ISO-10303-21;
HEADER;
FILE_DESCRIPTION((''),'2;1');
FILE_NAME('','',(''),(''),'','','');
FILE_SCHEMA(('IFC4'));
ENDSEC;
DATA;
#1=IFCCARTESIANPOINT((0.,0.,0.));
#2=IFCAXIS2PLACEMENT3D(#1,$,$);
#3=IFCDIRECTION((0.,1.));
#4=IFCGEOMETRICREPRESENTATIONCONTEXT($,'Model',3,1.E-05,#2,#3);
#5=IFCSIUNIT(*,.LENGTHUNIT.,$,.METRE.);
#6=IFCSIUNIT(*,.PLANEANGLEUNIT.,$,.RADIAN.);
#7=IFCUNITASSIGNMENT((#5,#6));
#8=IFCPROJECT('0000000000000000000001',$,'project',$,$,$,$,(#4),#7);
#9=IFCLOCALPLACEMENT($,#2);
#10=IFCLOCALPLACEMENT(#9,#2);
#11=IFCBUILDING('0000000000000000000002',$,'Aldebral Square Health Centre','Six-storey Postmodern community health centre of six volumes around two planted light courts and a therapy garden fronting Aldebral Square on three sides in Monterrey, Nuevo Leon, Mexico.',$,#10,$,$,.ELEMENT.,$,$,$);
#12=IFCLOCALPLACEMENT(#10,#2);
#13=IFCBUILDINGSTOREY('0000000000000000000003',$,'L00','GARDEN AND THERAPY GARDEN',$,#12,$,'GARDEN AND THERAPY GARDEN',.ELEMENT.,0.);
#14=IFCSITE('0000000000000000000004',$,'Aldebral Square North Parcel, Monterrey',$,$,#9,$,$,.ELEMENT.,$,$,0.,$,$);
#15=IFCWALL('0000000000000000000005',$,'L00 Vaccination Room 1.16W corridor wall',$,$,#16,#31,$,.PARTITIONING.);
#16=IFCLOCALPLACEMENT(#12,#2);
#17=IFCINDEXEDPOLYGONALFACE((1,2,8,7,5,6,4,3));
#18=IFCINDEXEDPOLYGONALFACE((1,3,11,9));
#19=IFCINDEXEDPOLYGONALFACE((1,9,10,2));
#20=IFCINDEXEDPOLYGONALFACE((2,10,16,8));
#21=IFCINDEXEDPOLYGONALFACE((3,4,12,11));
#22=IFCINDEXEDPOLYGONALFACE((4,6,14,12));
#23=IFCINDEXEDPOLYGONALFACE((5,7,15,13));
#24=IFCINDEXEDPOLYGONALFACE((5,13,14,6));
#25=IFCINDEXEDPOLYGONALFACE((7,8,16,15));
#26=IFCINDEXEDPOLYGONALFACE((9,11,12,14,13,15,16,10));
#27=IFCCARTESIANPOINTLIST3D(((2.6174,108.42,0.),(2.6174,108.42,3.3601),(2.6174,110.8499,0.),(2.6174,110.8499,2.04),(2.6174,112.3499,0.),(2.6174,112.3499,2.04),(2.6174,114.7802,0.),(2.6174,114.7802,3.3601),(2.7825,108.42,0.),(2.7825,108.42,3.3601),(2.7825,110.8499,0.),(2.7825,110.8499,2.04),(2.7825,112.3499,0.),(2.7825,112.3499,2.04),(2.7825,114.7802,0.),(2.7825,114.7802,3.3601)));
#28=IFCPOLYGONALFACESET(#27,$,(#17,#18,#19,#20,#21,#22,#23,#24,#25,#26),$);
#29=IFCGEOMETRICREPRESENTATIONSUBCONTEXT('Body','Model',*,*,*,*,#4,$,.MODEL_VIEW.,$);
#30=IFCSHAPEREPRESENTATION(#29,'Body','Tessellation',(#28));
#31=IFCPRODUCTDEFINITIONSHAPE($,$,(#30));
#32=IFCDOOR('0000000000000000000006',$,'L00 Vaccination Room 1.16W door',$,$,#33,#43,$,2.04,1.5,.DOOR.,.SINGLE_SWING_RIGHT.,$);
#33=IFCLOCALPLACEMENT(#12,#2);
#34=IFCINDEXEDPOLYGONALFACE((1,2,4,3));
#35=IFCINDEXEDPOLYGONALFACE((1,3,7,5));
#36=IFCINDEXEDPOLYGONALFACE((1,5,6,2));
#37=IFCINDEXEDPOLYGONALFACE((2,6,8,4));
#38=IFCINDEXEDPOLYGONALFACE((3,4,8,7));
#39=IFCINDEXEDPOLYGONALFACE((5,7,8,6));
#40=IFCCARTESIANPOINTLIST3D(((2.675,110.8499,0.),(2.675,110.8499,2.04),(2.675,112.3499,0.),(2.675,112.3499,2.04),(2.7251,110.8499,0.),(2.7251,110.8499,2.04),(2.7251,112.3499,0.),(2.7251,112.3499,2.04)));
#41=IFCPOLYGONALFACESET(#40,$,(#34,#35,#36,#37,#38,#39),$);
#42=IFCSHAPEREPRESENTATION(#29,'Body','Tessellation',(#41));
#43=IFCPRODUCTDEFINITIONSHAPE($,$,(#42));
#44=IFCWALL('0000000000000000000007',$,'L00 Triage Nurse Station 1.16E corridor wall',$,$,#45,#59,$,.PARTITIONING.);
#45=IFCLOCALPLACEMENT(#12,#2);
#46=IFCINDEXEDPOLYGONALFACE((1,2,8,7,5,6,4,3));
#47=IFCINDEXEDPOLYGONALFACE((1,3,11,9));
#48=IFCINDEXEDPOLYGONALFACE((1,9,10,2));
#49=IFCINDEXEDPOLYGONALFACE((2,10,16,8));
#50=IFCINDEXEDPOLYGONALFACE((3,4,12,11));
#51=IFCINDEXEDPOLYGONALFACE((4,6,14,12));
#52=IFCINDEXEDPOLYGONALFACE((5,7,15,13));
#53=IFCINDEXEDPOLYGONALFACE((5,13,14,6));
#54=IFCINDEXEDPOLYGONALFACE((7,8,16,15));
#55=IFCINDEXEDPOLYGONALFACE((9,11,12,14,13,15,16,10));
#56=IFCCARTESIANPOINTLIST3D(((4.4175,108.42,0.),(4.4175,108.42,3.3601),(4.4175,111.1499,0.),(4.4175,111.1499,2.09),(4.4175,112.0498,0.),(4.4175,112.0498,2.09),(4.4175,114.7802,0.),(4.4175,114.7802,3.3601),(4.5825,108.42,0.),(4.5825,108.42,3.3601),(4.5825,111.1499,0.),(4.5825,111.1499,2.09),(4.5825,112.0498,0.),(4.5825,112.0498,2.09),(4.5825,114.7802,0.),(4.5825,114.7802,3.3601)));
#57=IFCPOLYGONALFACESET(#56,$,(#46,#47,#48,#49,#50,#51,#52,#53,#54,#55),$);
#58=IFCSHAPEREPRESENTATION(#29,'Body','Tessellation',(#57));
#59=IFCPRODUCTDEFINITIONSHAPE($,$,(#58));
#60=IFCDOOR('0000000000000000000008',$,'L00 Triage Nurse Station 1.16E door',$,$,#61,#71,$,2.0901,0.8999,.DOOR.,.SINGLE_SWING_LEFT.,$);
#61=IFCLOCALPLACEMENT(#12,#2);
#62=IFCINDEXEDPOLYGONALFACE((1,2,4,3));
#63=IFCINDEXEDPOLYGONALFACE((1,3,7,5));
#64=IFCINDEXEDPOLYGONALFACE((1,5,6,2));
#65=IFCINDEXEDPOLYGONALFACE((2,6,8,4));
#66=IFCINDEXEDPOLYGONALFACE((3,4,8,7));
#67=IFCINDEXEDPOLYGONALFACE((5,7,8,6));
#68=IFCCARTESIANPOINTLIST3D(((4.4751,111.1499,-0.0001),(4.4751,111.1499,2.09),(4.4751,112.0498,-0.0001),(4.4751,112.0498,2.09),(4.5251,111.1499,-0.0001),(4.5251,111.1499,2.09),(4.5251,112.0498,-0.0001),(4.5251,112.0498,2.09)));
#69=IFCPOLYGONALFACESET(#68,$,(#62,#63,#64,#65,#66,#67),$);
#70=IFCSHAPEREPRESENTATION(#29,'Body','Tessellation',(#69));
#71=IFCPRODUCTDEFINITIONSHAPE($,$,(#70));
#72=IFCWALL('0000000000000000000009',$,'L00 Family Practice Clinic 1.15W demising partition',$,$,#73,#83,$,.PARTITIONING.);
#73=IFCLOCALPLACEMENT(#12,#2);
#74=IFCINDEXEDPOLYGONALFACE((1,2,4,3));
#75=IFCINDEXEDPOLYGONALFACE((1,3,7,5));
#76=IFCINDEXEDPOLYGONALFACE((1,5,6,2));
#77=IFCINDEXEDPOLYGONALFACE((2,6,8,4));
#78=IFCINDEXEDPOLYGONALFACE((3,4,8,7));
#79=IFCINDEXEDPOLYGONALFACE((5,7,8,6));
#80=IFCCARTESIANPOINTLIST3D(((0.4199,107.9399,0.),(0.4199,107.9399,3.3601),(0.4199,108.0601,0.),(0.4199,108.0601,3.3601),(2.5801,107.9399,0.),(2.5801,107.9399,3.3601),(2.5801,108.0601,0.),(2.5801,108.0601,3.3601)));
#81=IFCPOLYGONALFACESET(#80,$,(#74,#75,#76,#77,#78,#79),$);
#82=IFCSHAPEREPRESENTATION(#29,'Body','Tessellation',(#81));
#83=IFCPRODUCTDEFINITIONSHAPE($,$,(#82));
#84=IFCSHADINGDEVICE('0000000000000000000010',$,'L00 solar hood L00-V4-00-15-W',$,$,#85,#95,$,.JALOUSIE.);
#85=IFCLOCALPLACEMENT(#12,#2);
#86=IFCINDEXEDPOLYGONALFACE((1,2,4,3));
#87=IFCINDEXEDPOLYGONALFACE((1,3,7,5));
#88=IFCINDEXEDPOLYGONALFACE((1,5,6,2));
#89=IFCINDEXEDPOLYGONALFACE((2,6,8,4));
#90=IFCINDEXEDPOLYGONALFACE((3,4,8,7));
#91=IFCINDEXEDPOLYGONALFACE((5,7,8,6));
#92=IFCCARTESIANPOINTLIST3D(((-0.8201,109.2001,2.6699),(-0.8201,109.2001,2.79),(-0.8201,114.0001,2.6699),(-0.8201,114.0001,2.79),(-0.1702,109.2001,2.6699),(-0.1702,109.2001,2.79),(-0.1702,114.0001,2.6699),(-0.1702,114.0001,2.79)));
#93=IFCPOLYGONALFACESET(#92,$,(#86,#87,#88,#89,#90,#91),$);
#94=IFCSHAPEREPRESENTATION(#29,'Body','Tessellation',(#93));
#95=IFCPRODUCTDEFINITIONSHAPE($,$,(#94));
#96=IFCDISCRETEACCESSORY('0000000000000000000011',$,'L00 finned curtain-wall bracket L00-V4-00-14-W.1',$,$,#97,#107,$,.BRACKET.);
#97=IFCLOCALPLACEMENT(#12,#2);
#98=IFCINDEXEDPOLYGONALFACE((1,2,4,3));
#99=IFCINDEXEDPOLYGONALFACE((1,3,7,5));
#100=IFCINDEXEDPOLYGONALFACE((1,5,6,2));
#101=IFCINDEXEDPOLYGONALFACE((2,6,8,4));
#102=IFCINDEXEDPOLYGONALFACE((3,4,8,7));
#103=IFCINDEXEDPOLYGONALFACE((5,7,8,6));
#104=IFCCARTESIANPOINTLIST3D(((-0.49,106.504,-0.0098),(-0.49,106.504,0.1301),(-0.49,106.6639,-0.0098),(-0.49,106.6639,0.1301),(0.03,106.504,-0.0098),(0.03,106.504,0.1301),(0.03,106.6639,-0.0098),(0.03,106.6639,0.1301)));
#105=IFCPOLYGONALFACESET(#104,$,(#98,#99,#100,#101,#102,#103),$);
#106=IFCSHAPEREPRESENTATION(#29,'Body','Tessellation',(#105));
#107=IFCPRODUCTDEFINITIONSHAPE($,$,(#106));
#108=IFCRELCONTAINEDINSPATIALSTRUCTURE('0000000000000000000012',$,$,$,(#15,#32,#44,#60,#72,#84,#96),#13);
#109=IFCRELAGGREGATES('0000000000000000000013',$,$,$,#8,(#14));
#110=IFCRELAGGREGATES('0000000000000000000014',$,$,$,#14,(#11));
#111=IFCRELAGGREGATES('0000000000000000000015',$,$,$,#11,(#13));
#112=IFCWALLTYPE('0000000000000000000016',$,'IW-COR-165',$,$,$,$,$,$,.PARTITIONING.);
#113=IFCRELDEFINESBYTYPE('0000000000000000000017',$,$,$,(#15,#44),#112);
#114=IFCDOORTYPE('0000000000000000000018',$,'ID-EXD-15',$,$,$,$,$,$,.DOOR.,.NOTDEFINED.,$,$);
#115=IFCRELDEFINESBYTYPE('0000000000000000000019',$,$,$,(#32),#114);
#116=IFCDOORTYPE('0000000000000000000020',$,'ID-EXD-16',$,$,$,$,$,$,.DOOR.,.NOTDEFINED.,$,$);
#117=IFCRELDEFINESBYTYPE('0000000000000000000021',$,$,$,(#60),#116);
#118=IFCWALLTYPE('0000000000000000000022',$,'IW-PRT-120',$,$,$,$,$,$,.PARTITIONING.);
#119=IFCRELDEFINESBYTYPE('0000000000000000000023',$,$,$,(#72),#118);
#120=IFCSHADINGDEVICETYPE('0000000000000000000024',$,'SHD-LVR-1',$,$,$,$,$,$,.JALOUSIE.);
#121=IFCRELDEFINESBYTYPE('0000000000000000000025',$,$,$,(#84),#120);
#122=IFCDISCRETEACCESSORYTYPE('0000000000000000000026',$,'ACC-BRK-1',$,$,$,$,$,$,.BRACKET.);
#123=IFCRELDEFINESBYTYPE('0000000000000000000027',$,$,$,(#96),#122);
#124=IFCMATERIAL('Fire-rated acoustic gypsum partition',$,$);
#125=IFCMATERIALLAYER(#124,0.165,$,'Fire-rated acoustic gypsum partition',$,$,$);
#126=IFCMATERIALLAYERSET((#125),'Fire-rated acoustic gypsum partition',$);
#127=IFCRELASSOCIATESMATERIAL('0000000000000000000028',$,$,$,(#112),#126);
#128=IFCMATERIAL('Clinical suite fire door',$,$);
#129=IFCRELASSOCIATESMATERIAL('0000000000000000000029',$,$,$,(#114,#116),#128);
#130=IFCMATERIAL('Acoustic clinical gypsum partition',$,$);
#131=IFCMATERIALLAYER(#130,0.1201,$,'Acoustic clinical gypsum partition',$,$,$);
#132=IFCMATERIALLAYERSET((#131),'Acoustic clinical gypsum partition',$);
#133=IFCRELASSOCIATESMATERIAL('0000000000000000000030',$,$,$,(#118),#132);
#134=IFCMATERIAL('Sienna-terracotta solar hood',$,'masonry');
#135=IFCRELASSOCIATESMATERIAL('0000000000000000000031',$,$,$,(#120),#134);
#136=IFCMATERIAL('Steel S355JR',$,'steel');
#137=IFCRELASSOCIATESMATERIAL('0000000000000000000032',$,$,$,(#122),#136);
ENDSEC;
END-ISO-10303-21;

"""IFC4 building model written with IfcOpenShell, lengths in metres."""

from ifc_helpers import new_model, si_unit, direction, frame, frame_2d, origin, origin_2d, place, context, subcontext, project, spatial, rectangle, extrude, material, layer, layer_set, type_object, element, fill, save


model = new_model("IFC4")

# Units and contexts
model_context = context("Model", 3, precision=1e-05, world=origin(), true_north=direction((0.0, 1.0)))
body_context = subcontext(model_context, "Body", "Model", "MODEL_VIEW")
ifc_project = project(units=[si_unit("LENGTHUNIT", "METRE"), si_unit("PLANEANGLEUNIT", "RADIAN")], contexts=[model_context])

# Site, building, storey
site_placement = place(None, origin())
site = spatial("IfcSite", under=ifc_project, at=site_placement, Name="Aldebral Square North Parcel, Monterrey", CompositionType="ELEMENT", RefElevation=0.0)
building_placement = place(site_placement, origin())
building = spatial("IfcBuilding", under=site, at=building_placement, Name="Aldebral Square Health Centre", Description="Six-storey Postmodern community health centre of six volumes around two planted light courts and a therapy garden fronting Aldebral Square on three sides in Monterrey, Nuevo Leon, Mexico.", CompositionType="ELEMENT")
storey_placement = place(building_placement, origin())
storey = spatial("IfcBuildingStorey", under=building, at=storey_placement, Name="L00", Description="GARDEN AND THERAPY GARDEN", LongName="GARDEN AND THERAPY GARDEN", CompositionType="ELEMENT", Elevation=0.0)

# Walls, openings, doors
ifc_material_1 = material(Name="Fire-rated acoustic gypsum partition")
ifc_layer_1 = layer(ifc_material_1, 0.165, Name="Fire-rated acoustic gypsum partition")
ifc_layer_set_1 = layer_set([ifc_layer_1], Name="Fire-rated acoustic gypsum partition")
wall_type_1 = type_object("IfcWallType", Name="IW-COR-165", PredefinedType="PARTITIONING", material=ifc_layer_set_1)
wall_1_placement = place(storey_placement, frame((2.7, 108.4199, 0.0), z_axis=(0.0, 0.0, 1.0), x_axis=(0.0, 1.0, 0.0)))
wall_1 = element("IfcWall", 1, at=wall_1_placement, inside=storey, type_object=wall_type_1, Name="L00 Vaccination Room 1.16W corridor wall", PredefinedType="PARTITIONING", context=body_context, shape_type="SweptSolid", body=[
    extrude(rectangle(XDim=6.3601, YDim=0.165, at=frame_2d((3.1802, 0.0))), origin(), (0.0, 0.0, 1.0), 3.3601),
])
opening_1_placement = place(wall_1_placement, frame((2.4299, 0.0, 0.0)))
opening_1 = element("IfcOpeningElement", 2, at=opening_1_placement, cuts=wall_1, PredefinedType="OPENING", context=body_context, shape_type="SweptSolid", body=[
    extrude(rectangle(XDim=1.5, YDim=2.04, at=frame_2d((0.75, 1.02))), frame((0.0, 0.0925, 0.0), z_axis=(0.0, -1.0, 0.0), x_axis=(1.0, 0.0, 0.0)), (0.0, 0.0, 1.0), 0.1851),
])
ifc_material_2 = material(Name="Clinical suite fire door")
door_type_1 = type_object("IfcDoorType", Name="ID-EXD-15", OperationType="NOTDEFINED", PredefinedType="DOOR", material=ifc_material_2)
door_1_placement = place(opening_1_placement, origin())
door_1 = element("IfcDoor", 3, at=door_1_placement, inside=storey, type_object=door_type_1, Name="L00 Vaccination Room 1.16W door", OperationType="SINGLE_SWING_RIGHT", OverallHeight=2.04, OverallWidth=1.5, PredefinedType="DOOR", context=body_context, shape_type="SweptSolid", body=[
    extrude(rectangle(XDim=1.5, YDim=2.04, at=frame_2d((0.75, 1.02))), frame((0.0, 0.0249, 0.0), z_axis=(0.0, -1.0, 0.0), x_axis=(1.0, 0.0, 0.0)), (0.0, 0.0, 1.0), 0.05),
])
fill(opening_1, door_1)
wall_2_placement = place(storey_placement, frame((4.5, 108.4199, 0.0), z_axis=(0.0, 0.0, 1.0), x_axis=(0.0, 1.0, 0.0)))
wall_2 = element("IfcWall", 4, at=wall_2_placement, inside=storey, type_object=wall_type_1, Name="L00 Triage Nurse Station 1.16E corridor wall", PredefinedType="PARTITIONING", context=body_context, shape_type="SweptSolid", body=[
    extrude(rectangle(XDim=6.3601, YDim=0.165, at=frame_2d((3.1802, 0.0))), origin(), (0.0, 0.0, 1.0), 3.3601),
])
opening_2_placement = place(wall_2_placement, frame((2.73, 0.0, 0.0)))
opening_2 = element("IfcOpeningElement", 5, at=opening_2_placement, cuts=wall_2, PredefinedType="OPENING", context=body_context, shape_type="SweptSolid", body=[
    extrude(rectangle(XDim=0.8999, YDim=2.0901, at=frame_2d((0.45, 1.0449))), frame((0.0, 0.0925, 0.0), z_axis=(0.0, -1.0, 0.0), x_axis=(1.0, 0.0, 0.0)), (0.0, 0.0, 1.0), 0.1851),
])
door_type_2 = type_object("IfcDoorType", Name="ID-EXD-16", OperationType="NOTDEFINED", PredefinedType="DOOR", material=ifc_material_2)
door_2_placement = place(opening_2_placement, origin())
door_2 = element("IfcDoor", 6, at=door_2_placement, inside=storey, type_object=door_type_2, Name="L00 Triage Nurse Station 1.16E door", OperationType="SINGLE_SWING_LEFT", OverallHeight=2.0901, OverallWidth=0.8999, PredefinedType="DOOR", context=body_context, shape_type="SweptSolid", body=[
    extrude(rectangle(XDim=0.8999, YDim=2.0901, at=frame_2d((0.45, 1.0449))), frame((0.0, 0.0249, 0.0), z_axis=(0.0, -1.0, 0.0), x_axis=(1.0, 0.0, 0.0)), (0.0, 0.0, 1.0), 0.05),
])
fill(opening_2, door_2)

# Wall
ifc_material_3 = material(Name="Acoustic clinical gypsum partition")
ifc_layer_2 = layer(ifc_material_3, 0.1201, Name="Acoustic clinical gypsum partition")
ifc_layer_set_2 = layer_set([ifc_layer_2], Name="Acoustic clinical gypsum partition")
wall_type_2 = type_object("IfcWallType", Name="IW-PRT-120", PredefinedType="PARTITIONING", material=ifc_layer_set_2)
wall_3_placement = place(storey_placement, frame((0.4199, 108.0, 0.0), z_axis=(0.0, 0.0, 1.0), x_axis=(1.0, 0.0, 0.0)))
element("IfcWall", 7, at=wall_3_placement, inside=storey, type_object=wall_type_2, Name="L00 Family Practice Clinic 1.15W demising partition", PredefinedType="PARTITIONING", context=body_context, shape_type="SweptSolid", body=[
    extrude(rectangle(XDim=2.1602, YDim=0.1201, at=frame_2d((1.0801, 0.0))), origin(), (0.0, 0.0, 1.0), 3.3601),
])

# Shading device
ifc_material_4 = material(Name="Sienna-terracotta solar hood", Category="masonry")
shading_device_type = type_object("IfcShadingDeviceType", Name="SHD-LVR-1", PredefinedType="JALOUSIE", material=ifc_material_4)
shading_device_placement = place(storey_placement, frame((-0.4951, 111.6001, 2.6699), z_axis=(0.0, 0.0, 1.0), x_axis=(0.0, 1.0, 0.0)))
element("IfcShadingDevice", 8, at=shading_device_placement, inside=storey, type_object=shading_device_type, Name="L00 solar hood L00-V4-00-15-W", PredefinedType="JALOUSIE", context=body_context, shape_type="SweptSolid", body=[
    extrude(rectangle(XDim=4.8, YDim=0.6499, at=origin_2d()), origin(), (0.0, 0.0, 1.0), 0.1201),
])

# Discrete accessory
ifc_material_5 = material(Name="Steel S355JR", Category="steel")
discrete_accessory_type = type_object("IfcDiscreteAccessoryType", Name="ACC-BRK-1", PredefinedType="BRACKET", material=ifc_material_5)
discrete_accessory_placement = place(storey_placement, frame((-0.23, 106.584, -0.0098), z_axis=(0.0, 0.0, 1.0), x_axis=(0.0, 1.0, 0.0)))
element("IfcDiscreteAccessory", 9, at=discrete_accessory_placement, inside=storey, type_object=discrete_accessory_type, Name="L00 finned curtain-wall bracket L00-V4-00-14-W.1", PredefinedType="BRACKET", context=body_context, shape_type="SweptSolid", body=[
    extrude(rectangle(XDim=0.1599, YDim=0.52, at=origin_2d()), origin(), (0.0, 0.0, 1.0), 0.1399),
])

save(model, "model.ifc")
